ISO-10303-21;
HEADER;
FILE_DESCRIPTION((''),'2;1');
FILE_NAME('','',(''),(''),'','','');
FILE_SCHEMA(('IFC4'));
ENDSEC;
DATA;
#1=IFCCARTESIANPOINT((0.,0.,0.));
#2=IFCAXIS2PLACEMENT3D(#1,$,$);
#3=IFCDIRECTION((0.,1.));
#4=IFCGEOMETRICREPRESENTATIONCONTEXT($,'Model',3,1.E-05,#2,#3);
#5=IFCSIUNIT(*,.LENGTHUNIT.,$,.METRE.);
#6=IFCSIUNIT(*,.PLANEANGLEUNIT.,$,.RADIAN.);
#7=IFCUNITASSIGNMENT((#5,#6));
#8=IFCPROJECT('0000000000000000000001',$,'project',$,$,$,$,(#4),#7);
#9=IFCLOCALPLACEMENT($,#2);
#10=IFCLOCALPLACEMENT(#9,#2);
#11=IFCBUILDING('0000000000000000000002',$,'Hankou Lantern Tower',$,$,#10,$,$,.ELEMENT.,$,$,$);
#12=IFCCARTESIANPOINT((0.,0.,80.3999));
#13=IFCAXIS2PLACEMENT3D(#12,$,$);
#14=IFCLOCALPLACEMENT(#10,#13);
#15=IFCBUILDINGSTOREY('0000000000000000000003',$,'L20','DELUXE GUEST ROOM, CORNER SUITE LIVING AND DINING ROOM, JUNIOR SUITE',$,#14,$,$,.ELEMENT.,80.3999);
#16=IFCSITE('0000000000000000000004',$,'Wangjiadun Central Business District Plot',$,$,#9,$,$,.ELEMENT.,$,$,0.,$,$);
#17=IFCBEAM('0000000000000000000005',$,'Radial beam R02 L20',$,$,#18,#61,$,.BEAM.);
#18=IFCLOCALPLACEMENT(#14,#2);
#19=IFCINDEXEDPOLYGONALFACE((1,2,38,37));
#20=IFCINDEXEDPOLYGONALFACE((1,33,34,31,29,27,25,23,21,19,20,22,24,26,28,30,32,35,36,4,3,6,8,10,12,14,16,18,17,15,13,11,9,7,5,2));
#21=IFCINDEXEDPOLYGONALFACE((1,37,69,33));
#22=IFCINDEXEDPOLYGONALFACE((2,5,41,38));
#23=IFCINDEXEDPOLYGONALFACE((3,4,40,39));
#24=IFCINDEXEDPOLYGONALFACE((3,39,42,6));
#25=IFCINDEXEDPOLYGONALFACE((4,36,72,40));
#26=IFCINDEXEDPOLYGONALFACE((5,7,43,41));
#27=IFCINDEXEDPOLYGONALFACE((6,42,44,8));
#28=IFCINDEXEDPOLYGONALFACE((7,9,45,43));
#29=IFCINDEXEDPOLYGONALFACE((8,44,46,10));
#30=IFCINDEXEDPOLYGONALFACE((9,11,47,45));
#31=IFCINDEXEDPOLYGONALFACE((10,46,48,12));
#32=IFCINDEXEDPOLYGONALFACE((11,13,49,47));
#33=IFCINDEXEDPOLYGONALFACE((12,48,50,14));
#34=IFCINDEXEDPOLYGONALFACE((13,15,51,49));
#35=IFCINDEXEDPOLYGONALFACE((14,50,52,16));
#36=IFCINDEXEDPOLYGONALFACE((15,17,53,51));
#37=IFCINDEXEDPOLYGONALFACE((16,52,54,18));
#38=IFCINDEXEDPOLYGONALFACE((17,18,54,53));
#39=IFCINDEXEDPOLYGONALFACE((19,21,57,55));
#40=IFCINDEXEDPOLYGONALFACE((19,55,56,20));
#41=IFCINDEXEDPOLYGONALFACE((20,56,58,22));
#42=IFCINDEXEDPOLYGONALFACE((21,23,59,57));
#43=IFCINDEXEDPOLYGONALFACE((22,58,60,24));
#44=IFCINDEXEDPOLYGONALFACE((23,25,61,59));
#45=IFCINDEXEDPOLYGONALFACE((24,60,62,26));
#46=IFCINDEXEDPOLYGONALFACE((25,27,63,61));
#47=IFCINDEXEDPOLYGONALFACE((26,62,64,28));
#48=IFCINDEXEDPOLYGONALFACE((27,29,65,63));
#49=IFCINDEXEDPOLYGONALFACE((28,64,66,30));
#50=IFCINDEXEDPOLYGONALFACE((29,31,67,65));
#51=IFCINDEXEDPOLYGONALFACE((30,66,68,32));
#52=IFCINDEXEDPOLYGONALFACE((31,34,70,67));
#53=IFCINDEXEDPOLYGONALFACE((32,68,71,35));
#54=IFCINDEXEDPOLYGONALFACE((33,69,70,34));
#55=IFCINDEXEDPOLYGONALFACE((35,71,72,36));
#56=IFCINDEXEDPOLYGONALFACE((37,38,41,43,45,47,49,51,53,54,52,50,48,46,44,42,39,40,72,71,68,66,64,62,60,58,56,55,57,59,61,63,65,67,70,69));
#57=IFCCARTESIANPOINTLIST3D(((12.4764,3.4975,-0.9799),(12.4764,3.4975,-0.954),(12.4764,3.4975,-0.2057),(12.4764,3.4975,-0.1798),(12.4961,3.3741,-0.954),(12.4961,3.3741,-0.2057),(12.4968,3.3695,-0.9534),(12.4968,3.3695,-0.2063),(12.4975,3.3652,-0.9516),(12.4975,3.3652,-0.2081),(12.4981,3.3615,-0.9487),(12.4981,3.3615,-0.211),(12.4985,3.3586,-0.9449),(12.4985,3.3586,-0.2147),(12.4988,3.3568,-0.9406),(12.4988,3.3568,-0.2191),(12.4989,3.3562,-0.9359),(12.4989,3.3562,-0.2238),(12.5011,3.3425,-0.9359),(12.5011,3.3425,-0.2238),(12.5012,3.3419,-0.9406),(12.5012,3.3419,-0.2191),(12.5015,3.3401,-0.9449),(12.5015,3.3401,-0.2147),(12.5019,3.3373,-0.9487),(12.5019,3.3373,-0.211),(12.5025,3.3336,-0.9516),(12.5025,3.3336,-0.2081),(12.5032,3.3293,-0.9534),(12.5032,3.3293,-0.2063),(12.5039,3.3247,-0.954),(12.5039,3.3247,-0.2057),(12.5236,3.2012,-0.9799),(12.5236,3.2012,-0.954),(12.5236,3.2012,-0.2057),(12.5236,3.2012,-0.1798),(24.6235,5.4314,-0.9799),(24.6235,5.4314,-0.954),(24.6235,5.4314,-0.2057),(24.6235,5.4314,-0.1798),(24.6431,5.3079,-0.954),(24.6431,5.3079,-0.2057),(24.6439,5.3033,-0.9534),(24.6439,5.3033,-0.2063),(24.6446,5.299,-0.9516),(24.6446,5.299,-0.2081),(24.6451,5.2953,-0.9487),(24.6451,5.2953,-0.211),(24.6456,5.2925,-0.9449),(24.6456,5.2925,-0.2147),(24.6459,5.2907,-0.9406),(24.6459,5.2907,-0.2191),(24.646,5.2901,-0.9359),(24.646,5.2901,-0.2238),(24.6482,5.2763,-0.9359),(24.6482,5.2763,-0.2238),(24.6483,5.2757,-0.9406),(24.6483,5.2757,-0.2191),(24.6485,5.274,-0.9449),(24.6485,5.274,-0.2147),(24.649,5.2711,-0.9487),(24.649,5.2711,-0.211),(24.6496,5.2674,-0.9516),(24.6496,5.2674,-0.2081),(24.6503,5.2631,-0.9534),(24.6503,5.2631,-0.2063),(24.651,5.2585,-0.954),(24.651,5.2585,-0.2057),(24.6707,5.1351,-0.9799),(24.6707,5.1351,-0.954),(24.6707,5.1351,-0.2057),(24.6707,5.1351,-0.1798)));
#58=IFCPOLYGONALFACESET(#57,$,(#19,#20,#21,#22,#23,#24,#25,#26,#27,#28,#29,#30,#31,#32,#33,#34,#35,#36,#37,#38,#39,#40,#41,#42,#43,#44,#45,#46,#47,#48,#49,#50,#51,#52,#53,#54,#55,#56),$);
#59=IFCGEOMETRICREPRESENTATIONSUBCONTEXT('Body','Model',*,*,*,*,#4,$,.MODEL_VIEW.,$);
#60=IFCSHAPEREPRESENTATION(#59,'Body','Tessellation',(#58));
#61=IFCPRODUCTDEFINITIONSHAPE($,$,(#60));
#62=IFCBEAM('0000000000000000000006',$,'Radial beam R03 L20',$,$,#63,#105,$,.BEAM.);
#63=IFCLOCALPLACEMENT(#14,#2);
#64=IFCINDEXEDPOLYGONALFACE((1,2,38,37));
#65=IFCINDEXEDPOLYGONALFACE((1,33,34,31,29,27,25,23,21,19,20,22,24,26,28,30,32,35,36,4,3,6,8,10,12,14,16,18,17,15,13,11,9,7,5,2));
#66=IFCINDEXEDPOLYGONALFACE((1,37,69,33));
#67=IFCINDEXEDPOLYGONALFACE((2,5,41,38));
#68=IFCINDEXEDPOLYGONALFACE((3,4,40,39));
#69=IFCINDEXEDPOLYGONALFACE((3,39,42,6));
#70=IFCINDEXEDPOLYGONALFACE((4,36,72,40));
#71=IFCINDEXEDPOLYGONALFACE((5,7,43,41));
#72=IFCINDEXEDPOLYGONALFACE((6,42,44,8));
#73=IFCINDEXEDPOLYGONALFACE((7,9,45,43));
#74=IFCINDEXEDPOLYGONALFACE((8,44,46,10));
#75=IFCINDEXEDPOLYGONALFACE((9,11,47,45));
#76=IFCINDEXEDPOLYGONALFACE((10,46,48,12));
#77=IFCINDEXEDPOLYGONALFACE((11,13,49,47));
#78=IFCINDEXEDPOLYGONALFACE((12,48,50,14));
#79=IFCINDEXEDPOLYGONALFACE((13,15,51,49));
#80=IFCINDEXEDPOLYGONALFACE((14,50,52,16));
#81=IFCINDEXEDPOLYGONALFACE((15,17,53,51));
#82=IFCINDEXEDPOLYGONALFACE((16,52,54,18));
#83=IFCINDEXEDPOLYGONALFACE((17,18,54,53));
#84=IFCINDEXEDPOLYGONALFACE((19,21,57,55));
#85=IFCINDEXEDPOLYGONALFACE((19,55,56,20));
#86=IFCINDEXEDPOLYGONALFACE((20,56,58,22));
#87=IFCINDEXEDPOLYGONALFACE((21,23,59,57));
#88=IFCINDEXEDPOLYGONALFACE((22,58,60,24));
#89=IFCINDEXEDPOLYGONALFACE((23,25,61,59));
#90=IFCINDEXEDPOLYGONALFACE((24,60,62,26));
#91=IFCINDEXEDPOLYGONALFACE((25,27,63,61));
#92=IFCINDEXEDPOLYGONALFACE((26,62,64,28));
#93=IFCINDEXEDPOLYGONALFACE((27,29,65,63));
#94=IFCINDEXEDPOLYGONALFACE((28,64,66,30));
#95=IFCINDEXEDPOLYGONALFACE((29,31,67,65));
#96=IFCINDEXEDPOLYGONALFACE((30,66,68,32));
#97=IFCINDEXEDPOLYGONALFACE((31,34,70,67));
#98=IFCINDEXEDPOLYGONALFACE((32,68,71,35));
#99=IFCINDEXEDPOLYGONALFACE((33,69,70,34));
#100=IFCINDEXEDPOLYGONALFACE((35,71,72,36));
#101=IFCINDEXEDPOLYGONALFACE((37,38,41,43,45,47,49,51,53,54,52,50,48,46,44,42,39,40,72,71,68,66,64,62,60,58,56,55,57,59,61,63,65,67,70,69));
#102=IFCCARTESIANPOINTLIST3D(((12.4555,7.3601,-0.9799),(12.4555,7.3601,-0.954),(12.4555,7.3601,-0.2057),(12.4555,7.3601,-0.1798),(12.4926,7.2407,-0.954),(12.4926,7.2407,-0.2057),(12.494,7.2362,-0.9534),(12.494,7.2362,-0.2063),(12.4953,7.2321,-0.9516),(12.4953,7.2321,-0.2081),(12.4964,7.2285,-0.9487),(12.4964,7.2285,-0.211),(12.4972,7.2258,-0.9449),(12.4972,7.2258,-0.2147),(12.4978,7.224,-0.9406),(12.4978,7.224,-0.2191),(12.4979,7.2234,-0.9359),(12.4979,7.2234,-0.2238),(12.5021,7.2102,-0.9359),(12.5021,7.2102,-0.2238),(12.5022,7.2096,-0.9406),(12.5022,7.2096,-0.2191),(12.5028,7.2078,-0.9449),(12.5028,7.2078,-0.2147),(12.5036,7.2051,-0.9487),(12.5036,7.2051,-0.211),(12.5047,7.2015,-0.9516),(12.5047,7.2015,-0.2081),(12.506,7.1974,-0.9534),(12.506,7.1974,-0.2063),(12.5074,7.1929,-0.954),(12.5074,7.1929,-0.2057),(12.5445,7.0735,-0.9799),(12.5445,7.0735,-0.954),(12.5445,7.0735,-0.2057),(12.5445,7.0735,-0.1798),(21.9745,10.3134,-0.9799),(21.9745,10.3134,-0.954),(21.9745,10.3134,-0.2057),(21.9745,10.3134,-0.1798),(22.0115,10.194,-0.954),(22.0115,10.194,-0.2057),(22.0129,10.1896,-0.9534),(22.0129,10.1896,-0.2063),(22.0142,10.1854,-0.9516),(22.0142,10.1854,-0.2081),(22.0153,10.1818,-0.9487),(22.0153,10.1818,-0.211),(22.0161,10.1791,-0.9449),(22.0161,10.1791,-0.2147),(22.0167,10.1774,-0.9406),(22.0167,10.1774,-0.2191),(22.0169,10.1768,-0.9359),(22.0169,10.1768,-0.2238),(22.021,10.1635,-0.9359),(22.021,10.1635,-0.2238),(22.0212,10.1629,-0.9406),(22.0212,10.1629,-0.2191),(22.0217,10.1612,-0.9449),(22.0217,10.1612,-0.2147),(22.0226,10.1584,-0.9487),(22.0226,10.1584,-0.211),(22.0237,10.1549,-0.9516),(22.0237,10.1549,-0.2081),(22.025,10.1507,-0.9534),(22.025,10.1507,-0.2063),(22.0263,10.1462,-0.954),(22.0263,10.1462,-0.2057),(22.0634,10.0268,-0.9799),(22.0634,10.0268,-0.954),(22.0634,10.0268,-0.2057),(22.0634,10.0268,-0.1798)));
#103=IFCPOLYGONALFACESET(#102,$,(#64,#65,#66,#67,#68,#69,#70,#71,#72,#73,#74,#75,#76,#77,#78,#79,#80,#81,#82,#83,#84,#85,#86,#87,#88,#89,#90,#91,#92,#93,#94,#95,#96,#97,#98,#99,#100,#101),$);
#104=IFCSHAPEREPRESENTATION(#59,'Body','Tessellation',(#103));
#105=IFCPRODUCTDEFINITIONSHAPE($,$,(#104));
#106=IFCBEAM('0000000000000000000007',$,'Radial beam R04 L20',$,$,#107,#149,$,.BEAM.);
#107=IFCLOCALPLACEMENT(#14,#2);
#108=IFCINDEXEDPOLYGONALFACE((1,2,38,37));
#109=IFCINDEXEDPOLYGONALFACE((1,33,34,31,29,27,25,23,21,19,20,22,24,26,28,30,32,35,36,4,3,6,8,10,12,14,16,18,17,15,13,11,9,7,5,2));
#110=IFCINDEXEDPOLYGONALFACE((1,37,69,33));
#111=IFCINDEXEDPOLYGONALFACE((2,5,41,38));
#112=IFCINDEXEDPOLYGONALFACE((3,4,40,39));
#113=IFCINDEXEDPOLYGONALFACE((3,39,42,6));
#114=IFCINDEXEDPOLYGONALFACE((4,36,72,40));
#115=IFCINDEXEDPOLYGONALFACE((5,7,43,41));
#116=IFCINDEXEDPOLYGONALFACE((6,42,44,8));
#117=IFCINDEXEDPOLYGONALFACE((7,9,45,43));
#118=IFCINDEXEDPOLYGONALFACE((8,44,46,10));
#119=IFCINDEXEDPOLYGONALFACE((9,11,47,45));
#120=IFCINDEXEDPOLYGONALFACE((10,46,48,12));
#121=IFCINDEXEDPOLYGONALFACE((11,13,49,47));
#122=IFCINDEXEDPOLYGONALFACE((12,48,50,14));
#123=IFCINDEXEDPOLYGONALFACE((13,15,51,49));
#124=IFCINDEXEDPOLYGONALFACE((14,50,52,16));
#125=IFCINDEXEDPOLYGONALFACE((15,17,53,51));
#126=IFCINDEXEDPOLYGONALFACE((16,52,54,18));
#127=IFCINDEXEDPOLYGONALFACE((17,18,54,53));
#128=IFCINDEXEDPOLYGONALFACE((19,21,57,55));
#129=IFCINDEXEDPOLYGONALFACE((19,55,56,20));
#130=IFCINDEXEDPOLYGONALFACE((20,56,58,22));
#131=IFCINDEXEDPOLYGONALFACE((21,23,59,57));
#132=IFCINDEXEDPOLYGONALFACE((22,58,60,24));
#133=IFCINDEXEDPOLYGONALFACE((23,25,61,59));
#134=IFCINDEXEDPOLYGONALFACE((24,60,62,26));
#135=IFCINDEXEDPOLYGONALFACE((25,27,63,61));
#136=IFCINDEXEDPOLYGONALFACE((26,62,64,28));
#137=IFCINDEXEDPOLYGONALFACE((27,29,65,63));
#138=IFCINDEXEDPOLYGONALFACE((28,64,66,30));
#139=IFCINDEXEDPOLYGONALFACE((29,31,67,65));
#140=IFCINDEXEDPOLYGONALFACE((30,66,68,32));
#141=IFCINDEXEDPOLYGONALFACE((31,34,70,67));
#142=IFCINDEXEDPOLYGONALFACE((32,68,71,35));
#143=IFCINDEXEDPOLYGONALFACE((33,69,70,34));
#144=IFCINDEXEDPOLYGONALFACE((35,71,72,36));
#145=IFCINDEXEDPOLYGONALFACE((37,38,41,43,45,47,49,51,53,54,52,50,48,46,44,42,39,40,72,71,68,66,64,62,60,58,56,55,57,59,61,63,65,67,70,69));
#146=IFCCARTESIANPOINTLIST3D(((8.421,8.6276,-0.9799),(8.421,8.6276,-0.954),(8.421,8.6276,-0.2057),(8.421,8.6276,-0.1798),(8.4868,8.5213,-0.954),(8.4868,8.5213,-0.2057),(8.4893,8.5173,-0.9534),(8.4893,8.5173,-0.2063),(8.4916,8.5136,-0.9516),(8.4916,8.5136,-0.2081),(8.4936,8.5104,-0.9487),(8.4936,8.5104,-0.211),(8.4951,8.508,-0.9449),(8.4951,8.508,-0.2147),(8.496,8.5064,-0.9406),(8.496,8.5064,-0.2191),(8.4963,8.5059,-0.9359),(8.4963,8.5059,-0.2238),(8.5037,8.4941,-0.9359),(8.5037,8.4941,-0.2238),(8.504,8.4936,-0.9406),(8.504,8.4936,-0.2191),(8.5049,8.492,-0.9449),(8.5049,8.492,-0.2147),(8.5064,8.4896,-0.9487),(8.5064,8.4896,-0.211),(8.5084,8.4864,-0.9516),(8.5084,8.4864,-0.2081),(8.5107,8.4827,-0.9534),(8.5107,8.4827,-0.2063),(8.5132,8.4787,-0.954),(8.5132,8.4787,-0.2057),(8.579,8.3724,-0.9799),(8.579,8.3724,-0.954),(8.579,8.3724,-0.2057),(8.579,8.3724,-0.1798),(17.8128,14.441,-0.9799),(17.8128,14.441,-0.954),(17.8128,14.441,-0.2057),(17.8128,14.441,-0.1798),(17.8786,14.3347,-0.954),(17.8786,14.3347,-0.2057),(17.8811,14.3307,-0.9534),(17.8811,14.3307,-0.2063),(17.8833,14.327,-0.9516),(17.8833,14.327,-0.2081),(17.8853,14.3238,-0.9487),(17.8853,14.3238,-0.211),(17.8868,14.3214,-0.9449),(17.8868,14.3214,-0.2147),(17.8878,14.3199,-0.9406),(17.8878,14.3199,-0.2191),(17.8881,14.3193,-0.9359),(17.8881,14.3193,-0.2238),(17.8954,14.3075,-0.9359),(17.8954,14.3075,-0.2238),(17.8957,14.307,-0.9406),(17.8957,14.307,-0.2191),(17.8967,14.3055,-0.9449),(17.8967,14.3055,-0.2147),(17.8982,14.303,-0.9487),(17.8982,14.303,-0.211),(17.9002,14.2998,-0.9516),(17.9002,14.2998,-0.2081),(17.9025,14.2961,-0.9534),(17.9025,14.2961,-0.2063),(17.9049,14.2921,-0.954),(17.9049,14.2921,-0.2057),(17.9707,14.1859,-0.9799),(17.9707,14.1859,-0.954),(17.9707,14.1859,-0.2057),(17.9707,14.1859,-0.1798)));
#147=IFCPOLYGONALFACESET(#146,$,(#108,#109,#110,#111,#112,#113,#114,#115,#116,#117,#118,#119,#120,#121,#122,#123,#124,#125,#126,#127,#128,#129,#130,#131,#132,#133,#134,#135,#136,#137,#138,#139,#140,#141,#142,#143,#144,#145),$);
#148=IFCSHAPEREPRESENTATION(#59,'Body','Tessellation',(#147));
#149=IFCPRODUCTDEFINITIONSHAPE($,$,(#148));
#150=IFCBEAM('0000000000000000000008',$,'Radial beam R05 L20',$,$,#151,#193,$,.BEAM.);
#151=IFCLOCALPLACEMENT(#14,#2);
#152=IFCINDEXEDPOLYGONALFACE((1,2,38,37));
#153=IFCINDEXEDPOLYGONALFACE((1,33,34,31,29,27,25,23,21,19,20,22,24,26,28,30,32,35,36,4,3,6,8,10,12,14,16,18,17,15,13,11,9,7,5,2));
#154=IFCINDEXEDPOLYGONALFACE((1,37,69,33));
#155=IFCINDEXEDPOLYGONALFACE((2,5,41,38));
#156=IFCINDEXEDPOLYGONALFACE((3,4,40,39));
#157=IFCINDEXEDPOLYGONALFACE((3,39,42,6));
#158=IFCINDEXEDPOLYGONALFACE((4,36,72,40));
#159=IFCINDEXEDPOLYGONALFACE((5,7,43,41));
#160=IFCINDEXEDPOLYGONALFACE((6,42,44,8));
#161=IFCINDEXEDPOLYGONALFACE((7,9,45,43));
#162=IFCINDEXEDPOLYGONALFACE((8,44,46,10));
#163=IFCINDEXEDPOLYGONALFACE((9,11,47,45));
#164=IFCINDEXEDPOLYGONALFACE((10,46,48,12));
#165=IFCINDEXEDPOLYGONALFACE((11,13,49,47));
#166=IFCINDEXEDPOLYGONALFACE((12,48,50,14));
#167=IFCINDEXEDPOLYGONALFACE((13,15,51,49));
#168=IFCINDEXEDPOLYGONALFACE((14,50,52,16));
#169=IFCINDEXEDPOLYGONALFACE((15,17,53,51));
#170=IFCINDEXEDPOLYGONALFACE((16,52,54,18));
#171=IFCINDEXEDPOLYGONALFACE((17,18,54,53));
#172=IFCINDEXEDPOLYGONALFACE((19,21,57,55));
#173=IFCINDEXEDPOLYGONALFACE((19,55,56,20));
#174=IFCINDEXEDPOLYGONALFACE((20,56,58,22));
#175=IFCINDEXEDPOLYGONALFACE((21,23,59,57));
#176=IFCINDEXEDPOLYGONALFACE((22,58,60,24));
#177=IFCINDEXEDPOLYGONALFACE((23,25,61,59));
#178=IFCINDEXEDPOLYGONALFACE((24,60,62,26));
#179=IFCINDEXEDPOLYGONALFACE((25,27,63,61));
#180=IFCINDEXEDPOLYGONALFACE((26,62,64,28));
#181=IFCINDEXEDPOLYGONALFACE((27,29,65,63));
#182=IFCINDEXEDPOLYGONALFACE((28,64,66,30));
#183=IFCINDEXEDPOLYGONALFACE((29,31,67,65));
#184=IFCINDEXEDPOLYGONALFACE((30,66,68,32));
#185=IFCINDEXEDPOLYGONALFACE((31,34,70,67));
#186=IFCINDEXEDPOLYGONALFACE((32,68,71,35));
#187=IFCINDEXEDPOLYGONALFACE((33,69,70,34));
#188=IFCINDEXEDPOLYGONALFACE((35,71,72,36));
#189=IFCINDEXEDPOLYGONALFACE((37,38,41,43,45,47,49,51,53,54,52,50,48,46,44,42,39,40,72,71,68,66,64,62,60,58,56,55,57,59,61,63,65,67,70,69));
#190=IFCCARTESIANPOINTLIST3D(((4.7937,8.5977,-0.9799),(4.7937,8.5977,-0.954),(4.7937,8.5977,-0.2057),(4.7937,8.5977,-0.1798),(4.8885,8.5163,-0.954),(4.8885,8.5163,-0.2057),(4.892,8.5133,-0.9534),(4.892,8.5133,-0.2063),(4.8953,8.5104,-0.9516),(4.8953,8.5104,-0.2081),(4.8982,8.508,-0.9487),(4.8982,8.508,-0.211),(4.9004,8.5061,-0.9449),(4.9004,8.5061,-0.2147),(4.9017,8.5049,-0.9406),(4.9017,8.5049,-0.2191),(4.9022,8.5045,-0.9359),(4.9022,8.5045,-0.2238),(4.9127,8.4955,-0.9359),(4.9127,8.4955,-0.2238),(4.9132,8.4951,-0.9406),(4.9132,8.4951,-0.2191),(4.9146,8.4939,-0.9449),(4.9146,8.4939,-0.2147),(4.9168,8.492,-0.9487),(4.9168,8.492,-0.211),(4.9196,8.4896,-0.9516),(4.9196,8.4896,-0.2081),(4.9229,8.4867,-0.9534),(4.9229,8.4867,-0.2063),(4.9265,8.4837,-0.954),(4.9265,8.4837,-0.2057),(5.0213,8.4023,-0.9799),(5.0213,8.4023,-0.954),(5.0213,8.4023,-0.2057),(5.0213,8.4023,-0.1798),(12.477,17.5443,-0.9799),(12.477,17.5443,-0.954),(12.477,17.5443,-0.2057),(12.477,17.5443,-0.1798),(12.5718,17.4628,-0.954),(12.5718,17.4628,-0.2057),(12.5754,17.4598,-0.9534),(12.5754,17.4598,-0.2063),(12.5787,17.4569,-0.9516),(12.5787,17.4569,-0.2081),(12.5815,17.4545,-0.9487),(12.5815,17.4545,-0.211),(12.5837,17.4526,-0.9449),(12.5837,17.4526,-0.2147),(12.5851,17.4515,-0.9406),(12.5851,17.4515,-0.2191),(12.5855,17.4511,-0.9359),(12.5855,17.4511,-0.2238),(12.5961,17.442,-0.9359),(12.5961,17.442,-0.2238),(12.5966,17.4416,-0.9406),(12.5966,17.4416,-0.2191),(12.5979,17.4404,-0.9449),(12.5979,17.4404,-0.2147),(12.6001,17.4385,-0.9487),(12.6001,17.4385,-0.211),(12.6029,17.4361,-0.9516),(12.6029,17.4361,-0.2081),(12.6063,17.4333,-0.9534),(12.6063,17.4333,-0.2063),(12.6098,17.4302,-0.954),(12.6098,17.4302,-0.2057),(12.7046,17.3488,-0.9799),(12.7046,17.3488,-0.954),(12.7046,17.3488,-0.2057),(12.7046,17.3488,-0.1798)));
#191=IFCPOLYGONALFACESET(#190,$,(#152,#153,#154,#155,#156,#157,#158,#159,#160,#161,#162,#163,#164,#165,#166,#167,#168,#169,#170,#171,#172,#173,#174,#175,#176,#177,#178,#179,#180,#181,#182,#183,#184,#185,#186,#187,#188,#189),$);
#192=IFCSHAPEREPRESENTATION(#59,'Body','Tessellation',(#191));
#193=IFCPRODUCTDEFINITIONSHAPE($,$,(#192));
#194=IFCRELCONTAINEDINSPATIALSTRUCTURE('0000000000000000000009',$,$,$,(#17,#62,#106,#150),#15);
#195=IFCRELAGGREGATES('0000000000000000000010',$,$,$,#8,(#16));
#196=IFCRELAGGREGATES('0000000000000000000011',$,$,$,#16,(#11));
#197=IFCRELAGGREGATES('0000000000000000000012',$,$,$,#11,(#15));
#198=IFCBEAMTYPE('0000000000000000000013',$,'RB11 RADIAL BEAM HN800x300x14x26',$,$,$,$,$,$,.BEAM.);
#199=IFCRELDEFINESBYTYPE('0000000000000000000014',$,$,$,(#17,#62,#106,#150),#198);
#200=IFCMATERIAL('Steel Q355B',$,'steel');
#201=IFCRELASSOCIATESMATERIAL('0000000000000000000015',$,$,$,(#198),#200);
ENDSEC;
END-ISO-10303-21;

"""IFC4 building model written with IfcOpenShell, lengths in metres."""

from ifc_helpers import new_model, si_unit, direction, frame, origin, origin_2d, place, context, subcontext, project, spatial, i_section, extrude, material, material_profile, profile_set, type_object, element, save


model = new_model("IFC4")

# Units and contexts
model_context = context("Model", 3, precision=1e-05, world=origin(), true_north=direction((0.0, 1.0)))
body_context = subcontext(model_context, "Body", "Model", "MODEL_VIEW")
ifc_project = project(units=[si_unit("LENGTHUNIT", "METRE"), si_unit("PLANEANGLEUNIT", "RADIAN")], contexts=[model_context])

# Site, building, storey
site_placement = place(None, origin())
site = spatial("IfcSite", under=ifc_project, at=site_placement, Name="Wangjiadun Central Business District Plot", CompositionType="ELEMENT", RefElevation=0.0)
building_placement = place(site_placement, origin())
building = spatial("IfcBuilding", under=site, at=building_placement, Name="Hankou Lantern Tower", CompositionType="ELEMENT")
storey_placement = place(building_placement, frame((0.0, 0.0, 80.3999)))
storey = spatial("IfcBuildingStorey", under=building, at=storey_placement, Name="L20", Description="DELUXE GUEST ROOM, CORNER SUITE LIVING AND DINING ROOM, JUNIOR SUITE", CompositionType="ELEMENT", Elevation=80.3999)

# Beams
ifc_material_1 = material(Name="Steel Q355B", Category="steel")
ifc_material_profile_1 = material_profile(ifc_material_1, i_section(OverallWidth=0.3, OverallDepth=0.8, WebThickness=0.0139, FlangeThickness=0.0259, FilletRadius=0.0181, at=origin_2d()), Name="HN800x300x14x26")
ifc_profile_set_1 = profile_set([ifc_material_profile_1], Name="Steel Q355B")
beam_type_1 = type_object("IfcBeamType", Name="RB11 RADIAL BEAM HN800x300x14x26", PredefinedType="BEAM", material=ifc_profile_set_1)
beam_1_placement = place(storey_placement, frame((12.5, 3.3494, -0.5798), z_axis=(0.987563, 0.157223, 0.0), x_axis=(-0.157223, 0.987563, 0.0)))
element("IfcBeam", 1, at=beam_1_placement, inside=storey, type_object=beam_type_1, Name="Radial beam R02 L20", PredefinedType="BEAM", context=body_context, shape_type="SweptSolid", body=[
    extrude(i_section(OverallWidth=0.3, OverallDepth=0.8, WebThickness=0.0139, FlangeThickness=0.0259, FilletRadius=0.0181, at=origin_2d()), origin(), (0.0, 0.0, 1.0), 12.3),
])
beam_2_placement = place(storey_placement, frame((12.5, 7.2168, -0.5798), z_axis=(0.955087, 0.296324, 0.0), x_axis=(-0.296324, 0.955087, 0.0)))
element("IfcBeam", 2, at=beam_2_placement, inside=storey, type_object=beam_type_1, Name="Radial beam R03 L20", PredefinedType="BEAM", context=body_context, shape_type="SweptSolid", body=[
    extrude(i_section(OverallWidth=0.3, OverallDepth=0.8, WebThickness=0.0139, FlangeThickness=0.0259, FilletRadius=0.0181, at=origin_2d()), origin(), (0.0, 0.0, 1.0), 9.9666),
])
beam_3_placement = place(storey_placement, frame((8.5, 8.5, -0.5798), z_axis=(0.850286, 0.52632, 0.0), x_axis=(-0.52632, 0.850286, 0.0)))
element("IfcBeam", 3, at=beam_3_placement, inside=storey, type_object=beam_type_1, Name="Radial beam R04 L20", PredefinedType="BEAM", context=body_context, shape_type="SweptSolid", body=[
    extrude(i_section(OverallWidth=0.3, OverallDepth=0.8, WebThickness=0.0139, FlangeThickness=0.0259, FilletRadius=0.0181, at=origin_2d()), origin(), (0.0, 0.0, 1.0), 11.0454),
])
beam_4_placement = place(storey_placement, frame((4.9075, 8.5, -0.5798), z_axis=(0.651519, 0.758632, 0.0), x_axis=(-0.758632, 0.651519, 0.0)))
element("IfcBeam", 4, at=beam_4_placement, inside=storey, type_object=beam_type_1, Name="Radial beam R05 L20", PredefinedType="BEAM", context=body_context, shape_type="SweptSolid", body=[
    extrude(i_section(OverallWidth=0.3, OverallDepth=0.8, WebThickness=0.0139, FlangeThickness=0.0259, FilletRadius=0.0181, at=origin_2d()), origin(), (0.0, 0.0, 1.0), 11.793),
])

save(model, "model.ifc")
